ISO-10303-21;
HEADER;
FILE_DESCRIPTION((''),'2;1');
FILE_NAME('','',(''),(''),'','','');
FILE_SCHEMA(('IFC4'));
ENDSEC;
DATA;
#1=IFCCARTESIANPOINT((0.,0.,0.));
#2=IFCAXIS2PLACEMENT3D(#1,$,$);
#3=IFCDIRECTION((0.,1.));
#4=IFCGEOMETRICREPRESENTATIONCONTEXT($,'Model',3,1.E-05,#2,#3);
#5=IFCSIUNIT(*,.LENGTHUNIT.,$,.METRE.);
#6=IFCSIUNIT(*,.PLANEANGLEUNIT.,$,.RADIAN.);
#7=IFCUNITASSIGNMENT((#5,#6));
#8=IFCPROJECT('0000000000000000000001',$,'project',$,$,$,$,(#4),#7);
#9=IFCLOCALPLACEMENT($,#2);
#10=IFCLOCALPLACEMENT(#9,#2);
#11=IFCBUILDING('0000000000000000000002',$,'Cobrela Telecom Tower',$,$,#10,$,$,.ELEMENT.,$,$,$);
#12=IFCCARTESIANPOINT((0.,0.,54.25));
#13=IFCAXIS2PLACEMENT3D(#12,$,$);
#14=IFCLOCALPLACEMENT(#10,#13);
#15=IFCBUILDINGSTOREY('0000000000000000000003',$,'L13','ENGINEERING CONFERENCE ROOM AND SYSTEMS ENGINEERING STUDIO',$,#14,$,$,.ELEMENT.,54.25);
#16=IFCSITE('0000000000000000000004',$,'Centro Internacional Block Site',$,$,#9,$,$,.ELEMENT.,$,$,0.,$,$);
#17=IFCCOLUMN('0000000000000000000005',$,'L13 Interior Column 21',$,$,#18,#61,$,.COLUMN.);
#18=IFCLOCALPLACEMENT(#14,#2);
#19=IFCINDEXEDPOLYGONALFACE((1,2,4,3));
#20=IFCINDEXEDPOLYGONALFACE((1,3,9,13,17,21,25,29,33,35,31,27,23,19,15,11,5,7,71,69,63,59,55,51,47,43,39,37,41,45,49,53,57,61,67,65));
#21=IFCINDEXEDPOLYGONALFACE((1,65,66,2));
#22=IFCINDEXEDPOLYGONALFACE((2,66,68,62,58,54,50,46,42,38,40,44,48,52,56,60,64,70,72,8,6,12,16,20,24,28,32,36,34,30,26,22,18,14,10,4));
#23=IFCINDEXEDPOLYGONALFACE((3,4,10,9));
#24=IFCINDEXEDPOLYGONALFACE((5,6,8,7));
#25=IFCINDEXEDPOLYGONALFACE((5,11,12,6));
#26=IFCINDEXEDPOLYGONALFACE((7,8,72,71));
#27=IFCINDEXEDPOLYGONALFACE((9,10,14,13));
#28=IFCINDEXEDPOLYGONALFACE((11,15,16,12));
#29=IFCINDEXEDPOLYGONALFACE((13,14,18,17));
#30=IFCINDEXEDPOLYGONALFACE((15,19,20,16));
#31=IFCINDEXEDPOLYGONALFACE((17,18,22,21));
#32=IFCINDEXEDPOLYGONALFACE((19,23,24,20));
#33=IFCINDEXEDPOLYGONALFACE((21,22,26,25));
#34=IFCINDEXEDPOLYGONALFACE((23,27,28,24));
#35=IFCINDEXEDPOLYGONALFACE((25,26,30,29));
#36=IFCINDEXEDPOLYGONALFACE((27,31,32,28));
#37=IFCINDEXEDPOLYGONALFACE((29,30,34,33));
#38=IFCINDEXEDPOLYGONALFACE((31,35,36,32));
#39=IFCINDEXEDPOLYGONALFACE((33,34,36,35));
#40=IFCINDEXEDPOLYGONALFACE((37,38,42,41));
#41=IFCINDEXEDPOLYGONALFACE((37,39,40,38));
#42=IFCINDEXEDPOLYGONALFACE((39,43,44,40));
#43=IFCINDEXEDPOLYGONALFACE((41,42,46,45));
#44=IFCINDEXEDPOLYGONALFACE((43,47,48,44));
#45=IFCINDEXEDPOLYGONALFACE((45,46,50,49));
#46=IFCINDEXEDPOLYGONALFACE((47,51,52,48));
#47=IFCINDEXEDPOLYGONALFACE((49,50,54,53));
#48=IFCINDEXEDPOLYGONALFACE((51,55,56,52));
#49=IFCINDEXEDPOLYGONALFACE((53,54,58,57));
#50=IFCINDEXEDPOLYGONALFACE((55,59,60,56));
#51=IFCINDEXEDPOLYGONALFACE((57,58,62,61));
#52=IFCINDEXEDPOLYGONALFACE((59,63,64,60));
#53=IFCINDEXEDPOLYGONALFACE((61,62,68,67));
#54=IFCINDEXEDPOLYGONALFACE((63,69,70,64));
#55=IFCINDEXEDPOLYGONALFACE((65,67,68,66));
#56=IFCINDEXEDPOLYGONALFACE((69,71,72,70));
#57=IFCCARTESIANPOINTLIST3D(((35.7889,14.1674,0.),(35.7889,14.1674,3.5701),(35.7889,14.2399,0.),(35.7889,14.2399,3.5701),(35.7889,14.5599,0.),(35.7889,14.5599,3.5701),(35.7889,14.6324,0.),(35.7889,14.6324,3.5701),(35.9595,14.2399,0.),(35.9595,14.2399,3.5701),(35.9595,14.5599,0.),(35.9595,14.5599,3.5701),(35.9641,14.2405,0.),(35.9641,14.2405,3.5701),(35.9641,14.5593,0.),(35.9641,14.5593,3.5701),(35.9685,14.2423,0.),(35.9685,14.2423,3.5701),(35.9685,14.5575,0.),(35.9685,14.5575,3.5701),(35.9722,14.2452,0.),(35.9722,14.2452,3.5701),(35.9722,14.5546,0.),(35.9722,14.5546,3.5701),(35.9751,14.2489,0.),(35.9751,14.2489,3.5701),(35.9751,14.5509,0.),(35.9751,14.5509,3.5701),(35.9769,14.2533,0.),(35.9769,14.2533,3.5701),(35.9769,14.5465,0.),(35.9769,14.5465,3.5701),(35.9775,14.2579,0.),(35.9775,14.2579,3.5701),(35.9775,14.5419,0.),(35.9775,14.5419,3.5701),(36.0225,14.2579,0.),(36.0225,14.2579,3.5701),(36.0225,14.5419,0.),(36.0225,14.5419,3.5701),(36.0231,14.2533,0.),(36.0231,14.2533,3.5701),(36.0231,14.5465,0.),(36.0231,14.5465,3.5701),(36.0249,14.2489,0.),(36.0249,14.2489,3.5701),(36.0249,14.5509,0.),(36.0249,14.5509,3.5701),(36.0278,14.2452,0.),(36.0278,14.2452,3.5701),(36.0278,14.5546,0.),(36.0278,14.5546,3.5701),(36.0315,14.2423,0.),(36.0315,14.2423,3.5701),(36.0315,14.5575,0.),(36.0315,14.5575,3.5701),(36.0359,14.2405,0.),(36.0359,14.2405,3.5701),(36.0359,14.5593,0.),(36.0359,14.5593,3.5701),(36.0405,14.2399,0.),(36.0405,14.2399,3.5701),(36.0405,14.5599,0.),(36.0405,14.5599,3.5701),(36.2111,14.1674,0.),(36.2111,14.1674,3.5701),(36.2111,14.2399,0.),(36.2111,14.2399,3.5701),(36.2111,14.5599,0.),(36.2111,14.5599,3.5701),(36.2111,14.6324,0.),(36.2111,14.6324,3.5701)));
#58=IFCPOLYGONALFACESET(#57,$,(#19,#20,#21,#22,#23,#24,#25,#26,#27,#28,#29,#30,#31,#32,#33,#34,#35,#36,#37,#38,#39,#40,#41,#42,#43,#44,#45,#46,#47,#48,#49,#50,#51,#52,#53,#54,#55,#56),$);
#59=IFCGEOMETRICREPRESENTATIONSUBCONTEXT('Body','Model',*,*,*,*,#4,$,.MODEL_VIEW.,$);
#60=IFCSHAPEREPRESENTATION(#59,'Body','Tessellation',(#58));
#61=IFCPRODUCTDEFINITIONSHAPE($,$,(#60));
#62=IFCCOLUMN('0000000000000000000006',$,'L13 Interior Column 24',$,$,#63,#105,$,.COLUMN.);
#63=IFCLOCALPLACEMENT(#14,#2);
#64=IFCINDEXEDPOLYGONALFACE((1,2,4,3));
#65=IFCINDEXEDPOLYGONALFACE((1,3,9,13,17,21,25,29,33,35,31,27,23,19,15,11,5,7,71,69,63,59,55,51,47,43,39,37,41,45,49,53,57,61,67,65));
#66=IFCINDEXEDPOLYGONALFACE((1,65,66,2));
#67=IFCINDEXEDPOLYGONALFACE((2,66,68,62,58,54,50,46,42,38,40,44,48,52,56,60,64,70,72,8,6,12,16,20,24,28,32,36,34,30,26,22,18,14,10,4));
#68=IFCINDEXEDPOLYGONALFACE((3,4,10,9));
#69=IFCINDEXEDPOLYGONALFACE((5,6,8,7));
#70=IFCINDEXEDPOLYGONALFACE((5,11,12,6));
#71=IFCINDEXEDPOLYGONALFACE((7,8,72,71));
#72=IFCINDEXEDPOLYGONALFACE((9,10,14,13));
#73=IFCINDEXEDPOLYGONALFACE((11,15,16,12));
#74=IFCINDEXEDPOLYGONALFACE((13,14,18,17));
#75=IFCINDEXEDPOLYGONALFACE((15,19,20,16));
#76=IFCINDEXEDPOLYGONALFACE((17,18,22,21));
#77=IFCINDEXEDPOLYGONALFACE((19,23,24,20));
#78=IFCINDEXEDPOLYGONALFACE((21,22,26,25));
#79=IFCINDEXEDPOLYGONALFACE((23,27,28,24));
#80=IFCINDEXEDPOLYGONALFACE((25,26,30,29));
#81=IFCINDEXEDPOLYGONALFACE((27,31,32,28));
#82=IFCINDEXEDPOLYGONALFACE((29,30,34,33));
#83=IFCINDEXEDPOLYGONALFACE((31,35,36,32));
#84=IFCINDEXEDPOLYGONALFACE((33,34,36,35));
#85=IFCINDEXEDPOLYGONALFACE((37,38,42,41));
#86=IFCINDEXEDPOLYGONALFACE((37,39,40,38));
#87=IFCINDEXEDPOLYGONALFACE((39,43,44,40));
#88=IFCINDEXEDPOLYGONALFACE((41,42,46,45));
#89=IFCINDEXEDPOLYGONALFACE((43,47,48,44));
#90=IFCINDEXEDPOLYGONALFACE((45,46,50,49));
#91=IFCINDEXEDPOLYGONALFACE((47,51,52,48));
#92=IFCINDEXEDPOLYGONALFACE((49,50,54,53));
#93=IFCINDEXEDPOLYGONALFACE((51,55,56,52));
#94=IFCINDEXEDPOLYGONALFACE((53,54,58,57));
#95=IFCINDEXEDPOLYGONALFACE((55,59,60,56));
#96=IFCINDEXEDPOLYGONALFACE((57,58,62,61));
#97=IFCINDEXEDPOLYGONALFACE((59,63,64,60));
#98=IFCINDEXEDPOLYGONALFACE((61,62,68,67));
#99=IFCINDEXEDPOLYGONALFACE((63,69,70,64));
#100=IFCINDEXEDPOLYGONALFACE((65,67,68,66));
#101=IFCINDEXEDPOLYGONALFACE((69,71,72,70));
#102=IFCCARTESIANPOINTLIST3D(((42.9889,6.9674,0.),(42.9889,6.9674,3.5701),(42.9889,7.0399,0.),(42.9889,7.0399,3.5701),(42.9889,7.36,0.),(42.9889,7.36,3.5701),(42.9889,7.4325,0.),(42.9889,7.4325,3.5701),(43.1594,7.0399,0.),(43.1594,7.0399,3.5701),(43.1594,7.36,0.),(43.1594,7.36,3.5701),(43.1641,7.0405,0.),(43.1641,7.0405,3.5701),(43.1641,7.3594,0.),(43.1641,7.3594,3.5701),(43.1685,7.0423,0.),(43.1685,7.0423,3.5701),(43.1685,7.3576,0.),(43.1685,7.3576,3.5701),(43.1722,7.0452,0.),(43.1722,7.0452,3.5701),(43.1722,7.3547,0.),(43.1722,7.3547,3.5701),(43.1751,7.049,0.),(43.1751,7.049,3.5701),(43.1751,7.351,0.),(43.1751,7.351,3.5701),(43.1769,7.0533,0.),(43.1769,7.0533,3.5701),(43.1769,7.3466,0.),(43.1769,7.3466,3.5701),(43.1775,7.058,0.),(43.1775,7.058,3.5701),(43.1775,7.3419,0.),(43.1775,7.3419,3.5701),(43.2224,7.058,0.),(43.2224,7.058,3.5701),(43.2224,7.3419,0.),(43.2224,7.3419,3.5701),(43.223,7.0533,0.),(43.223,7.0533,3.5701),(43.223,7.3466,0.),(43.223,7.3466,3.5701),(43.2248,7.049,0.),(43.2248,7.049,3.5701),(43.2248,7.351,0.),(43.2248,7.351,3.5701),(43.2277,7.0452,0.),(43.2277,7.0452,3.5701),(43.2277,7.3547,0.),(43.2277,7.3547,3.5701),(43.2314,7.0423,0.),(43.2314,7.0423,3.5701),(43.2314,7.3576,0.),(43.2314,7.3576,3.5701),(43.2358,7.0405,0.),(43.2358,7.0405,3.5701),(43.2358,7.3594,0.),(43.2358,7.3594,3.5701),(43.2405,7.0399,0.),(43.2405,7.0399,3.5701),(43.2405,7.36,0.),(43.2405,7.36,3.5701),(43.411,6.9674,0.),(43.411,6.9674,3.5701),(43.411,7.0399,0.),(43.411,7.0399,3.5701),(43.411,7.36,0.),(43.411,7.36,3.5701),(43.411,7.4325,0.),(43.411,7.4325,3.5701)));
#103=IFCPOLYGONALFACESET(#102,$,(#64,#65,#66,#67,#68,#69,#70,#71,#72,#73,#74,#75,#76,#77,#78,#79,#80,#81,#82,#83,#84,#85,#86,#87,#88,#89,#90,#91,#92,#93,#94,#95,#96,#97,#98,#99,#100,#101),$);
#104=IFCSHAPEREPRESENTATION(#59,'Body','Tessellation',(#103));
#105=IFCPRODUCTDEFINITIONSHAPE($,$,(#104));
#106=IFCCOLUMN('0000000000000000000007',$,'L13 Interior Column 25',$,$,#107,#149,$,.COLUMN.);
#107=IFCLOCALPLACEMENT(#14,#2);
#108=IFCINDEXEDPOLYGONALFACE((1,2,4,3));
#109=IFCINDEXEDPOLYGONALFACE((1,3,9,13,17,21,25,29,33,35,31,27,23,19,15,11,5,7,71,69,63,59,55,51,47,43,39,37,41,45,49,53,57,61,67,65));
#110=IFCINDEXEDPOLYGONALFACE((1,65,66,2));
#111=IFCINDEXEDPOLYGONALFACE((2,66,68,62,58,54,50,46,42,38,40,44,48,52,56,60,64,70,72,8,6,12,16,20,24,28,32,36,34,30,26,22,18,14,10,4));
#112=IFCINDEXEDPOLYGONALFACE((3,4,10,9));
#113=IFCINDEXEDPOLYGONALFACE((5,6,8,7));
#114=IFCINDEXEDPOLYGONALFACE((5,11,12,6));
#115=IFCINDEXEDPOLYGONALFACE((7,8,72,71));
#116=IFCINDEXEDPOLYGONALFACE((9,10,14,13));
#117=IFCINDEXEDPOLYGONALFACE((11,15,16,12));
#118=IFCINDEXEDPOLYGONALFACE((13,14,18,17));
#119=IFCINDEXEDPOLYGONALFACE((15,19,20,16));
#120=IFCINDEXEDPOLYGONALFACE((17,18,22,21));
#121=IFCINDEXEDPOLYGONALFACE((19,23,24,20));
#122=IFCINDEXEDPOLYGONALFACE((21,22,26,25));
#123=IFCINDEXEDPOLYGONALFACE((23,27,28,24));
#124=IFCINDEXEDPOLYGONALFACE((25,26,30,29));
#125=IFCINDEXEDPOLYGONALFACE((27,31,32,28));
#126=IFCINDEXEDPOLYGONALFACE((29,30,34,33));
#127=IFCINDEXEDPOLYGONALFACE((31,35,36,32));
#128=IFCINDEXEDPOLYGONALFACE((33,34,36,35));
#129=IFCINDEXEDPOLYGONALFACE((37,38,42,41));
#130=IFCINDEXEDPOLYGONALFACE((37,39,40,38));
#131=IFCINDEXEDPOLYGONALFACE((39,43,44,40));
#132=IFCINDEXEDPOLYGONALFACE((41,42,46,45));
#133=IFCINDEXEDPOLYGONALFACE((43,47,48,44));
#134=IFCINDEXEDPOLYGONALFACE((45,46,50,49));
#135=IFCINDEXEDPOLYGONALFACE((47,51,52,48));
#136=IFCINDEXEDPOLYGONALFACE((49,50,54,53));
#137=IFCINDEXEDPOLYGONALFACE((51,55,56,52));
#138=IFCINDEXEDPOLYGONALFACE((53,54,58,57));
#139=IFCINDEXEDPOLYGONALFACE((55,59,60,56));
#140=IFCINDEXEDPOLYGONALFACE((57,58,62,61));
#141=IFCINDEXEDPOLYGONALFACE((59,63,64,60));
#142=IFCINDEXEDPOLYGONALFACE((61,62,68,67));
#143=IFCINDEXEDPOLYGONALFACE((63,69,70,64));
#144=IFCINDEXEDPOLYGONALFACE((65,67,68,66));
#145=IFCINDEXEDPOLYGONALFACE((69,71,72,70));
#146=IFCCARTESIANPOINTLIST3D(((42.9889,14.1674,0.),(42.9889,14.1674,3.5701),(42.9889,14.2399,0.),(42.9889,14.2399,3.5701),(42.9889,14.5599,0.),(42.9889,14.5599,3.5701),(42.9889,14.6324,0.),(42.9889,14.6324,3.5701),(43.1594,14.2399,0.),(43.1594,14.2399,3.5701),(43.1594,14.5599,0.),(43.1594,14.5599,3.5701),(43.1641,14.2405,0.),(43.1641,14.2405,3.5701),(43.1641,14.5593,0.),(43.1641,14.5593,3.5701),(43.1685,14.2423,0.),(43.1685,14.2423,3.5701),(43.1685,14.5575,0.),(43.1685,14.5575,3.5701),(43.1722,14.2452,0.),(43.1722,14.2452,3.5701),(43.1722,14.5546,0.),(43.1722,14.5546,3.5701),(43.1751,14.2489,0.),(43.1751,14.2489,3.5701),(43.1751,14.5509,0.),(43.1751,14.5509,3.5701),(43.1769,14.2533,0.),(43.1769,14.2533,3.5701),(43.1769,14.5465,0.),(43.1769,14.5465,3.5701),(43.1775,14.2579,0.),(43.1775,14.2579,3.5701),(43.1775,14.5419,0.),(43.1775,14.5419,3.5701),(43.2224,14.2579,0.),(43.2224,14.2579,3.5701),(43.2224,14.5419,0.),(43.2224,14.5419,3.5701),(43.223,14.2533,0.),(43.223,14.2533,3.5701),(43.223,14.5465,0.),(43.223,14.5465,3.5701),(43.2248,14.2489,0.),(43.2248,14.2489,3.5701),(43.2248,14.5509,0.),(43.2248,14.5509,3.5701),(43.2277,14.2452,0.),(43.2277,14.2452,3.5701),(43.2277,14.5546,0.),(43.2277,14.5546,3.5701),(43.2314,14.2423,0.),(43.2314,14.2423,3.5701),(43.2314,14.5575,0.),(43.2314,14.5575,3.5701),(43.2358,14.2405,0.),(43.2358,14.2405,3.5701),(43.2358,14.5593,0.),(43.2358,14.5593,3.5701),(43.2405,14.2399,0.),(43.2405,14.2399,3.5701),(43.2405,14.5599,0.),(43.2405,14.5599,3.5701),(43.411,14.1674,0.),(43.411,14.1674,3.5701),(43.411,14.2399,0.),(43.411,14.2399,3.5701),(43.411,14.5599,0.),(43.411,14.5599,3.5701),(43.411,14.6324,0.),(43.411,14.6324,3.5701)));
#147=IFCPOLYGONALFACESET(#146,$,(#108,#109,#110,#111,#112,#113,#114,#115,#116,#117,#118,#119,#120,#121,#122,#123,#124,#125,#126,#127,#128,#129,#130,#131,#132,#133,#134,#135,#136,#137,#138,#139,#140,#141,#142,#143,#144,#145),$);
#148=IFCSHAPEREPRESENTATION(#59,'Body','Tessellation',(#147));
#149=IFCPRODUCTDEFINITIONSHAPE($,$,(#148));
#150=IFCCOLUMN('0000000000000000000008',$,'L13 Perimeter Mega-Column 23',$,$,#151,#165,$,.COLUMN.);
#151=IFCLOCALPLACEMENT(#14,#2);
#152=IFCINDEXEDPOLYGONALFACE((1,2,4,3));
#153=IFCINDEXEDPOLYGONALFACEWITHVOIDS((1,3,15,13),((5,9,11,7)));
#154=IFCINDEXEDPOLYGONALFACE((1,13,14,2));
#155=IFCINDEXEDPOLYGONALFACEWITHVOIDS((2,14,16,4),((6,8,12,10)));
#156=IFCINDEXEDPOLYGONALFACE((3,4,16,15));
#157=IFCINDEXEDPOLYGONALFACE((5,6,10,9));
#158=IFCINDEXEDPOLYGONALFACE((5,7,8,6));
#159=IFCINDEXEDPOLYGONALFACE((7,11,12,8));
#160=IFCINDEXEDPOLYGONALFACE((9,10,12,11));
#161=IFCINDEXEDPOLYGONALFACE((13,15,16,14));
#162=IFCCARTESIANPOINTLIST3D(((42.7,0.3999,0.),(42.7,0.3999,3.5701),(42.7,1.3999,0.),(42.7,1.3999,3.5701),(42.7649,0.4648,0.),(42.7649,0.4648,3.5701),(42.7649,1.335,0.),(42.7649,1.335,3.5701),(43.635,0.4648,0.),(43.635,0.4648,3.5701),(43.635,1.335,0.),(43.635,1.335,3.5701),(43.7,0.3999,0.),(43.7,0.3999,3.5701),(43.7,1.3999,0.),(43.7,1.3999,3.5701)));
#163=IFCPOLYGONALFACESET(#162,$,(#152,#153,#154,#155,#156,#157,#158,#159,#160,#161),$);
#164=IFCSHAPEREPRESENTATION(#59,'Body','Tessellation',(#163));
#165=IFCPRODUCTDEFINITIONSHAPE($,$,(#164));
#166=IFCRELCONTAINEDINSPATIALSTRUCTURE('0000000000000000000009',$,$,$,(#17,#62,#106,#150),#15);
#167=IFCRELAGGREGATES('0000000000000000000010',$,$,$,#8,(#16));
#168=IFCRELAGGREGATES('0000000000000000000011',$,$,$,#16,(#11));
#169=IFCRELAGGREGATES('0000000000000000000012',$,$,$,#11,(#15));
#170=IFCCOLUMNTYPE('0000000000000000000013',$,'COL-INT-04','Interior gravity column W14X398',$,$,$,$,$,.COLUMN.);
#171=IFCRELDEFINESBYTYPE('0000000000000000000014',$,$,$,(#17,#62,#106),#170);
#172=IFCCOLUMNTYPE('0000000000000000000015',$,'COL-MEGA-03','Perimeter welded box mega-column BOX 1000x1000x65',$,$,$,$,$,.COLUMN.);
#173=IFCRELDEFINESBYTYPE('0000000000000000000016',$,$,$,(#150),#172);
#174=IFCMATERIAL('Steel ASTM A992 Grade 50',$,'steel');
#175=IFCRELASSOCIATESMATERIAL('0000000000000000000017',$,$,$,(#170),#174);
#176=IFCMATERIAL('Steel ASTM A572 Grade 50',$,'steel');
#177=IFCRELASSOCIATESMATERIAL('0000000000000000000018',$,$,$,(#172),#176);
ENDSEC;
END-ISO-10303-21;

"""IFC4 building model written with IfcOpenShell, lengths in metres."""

from ifc_helpers import new_model, si_unit, direction, frame, origin, origin_2d, place, context, subcontext, project, spatial, hollow_rectangle, i_section, extrude, material, material_profile, profile_set, type_object, element, save


model = new_model("IFC4")

# Units and contexts
model_context = context("Model", 3, precision=1e-05, world=origin(), true_north=direction((0.0, 1.0)))
body_context = subcontext(model_context, "Body", "Model", "MODEL_VIEW")
ifc_project = project(units=[si_unit("LENGTHUNIT", "METRE"), si_unit("PLANEANGLEUNIT", "RADIAN")], contexts=[model_context])

# Site, building, storey
site_placement = place(None, origin())
site = spatial("IfcSite", under=ifc_project, at=site_placement, Name="Centro Internacional Block Site", CompositionType="ELEMENT", RefElevation=0.0)
building_placement = place(site_placement, origin())
building = spatial("IfcBuilding", under=site, at=building_placement, Name="Cobrela Telecom Tower", CompositionType="ELEMENT")
storey_placement = place(building_placement, frame((0.0, 0.0, 54.25)))
storey = spatial("IfcBuildingStorey", under=building, at=storey_placement, Name="L13", Description="ENGINEERING CONFERENCE ROOM AND SYSTEMS ENGINEERING STUDIO", CompositionType="ELEMENT", Elevation=54.25)

# Columns
ifc_material_1 = material(Name="Steel ASTM A992 Grade 50", Category="steel")
ifc_material_profile_1 = material_profile(ifc_material_1, i_section(OverallWidth=0.4221, OverallDepth=0.4651, WebThickness=0.0449, FlangeThickness=0.0725, FilletRadius=0.0181, at=origin_2d()), Name="W14X398")
ifc_profile_set_1 = profile_set([ifc_material_profile_1], Name="Steel ASTM A992 Grade 50")
column_type_1 = type_object("IfcColumnType", Name="COL-INT-04", Description="Interior gravity column W14X398", PredefinedType="COLUMN", material=ifc_profile_set_1)
for number, where, z_axis, x_axis, name in (
    (1, (36.0, 14.3999, 0.0), (0.0, 0.0, 1.0), (1.0, 0.0, 0.0), "L13 Interior Column 21"),
    (2, (43.2, 7.2, 0.0), (0.0, 0.0, 1.0), (1.0, 0.0, 0.0), "L13 Interior Column 24"),
    (3, (43.2, 14.3999, 0.0), (0.0, 0.0, 1.0), (1.0, 0.0, 0.0), "L13 Interior Column 25"),
):
    element("IfcColumn", number, at=place(storey_placement, frame(where, z_axis=z_axis, x_axis=x_axis)), inside=storey, type_object=column_type_1, Name=name, PredefinedType="COLUMN", context=body_context, shape_type="SweptSolid", body=[
        extrude(i_section(OverallWidth=0.4221, OverallDepth=0.4651, WebThickness=0.0449, FlangeThickness=0.0725, FilletRadius=0.0181, at=origin_2d()), origin(), (0.0, 0.0, 1.0), 3.5701),
    ])
ifc_material_2 = material(Name="Steel ASTM A572 Grade 50", Category="steel")
ifc_material_profile_2 = material_profile(ifc_material_2, hollow_rectangle(XDim=1.0, YDim=1.0, WallThickness=0.0649, at=origin_2d()), Name="BOX 1000x1000x65")
ifc_profile_set_2 = profile_set([ifc_material_profile_2], Name="Steel ASTM A572 Grade 50")
column_type_2 = type_object("IfcColumnType", Name="COL-MEGA-03", Description="Perimeter welded box mega-column BOX 1000x1000x65", PredefinedType="COLUMN", material=ifc_profile_set_2)
column_placement = place(storey_placement, frame((43.2, 0.8999, 0.0), z_axis=(0.0, 0.0, 1.0), x_axis=(1.0, 0.0, 0.0)))
element("IfcColumn", 4, at=column_placement, inside=storey, type_object=column_type_2, Name="L13 Perimeter Mega-Column 23", PredefinedType="COLUMN", context=body_context, shape_type="SweptSolid", body=[
    extrude(hollow_rectangle(XDim=1.0, YDim=1.0, WallThickness=0.0649, at=origin_2d()), origin(), (0.0, 0.0, 1.0), 3.5701),
])

save(model, "model.ifc")
